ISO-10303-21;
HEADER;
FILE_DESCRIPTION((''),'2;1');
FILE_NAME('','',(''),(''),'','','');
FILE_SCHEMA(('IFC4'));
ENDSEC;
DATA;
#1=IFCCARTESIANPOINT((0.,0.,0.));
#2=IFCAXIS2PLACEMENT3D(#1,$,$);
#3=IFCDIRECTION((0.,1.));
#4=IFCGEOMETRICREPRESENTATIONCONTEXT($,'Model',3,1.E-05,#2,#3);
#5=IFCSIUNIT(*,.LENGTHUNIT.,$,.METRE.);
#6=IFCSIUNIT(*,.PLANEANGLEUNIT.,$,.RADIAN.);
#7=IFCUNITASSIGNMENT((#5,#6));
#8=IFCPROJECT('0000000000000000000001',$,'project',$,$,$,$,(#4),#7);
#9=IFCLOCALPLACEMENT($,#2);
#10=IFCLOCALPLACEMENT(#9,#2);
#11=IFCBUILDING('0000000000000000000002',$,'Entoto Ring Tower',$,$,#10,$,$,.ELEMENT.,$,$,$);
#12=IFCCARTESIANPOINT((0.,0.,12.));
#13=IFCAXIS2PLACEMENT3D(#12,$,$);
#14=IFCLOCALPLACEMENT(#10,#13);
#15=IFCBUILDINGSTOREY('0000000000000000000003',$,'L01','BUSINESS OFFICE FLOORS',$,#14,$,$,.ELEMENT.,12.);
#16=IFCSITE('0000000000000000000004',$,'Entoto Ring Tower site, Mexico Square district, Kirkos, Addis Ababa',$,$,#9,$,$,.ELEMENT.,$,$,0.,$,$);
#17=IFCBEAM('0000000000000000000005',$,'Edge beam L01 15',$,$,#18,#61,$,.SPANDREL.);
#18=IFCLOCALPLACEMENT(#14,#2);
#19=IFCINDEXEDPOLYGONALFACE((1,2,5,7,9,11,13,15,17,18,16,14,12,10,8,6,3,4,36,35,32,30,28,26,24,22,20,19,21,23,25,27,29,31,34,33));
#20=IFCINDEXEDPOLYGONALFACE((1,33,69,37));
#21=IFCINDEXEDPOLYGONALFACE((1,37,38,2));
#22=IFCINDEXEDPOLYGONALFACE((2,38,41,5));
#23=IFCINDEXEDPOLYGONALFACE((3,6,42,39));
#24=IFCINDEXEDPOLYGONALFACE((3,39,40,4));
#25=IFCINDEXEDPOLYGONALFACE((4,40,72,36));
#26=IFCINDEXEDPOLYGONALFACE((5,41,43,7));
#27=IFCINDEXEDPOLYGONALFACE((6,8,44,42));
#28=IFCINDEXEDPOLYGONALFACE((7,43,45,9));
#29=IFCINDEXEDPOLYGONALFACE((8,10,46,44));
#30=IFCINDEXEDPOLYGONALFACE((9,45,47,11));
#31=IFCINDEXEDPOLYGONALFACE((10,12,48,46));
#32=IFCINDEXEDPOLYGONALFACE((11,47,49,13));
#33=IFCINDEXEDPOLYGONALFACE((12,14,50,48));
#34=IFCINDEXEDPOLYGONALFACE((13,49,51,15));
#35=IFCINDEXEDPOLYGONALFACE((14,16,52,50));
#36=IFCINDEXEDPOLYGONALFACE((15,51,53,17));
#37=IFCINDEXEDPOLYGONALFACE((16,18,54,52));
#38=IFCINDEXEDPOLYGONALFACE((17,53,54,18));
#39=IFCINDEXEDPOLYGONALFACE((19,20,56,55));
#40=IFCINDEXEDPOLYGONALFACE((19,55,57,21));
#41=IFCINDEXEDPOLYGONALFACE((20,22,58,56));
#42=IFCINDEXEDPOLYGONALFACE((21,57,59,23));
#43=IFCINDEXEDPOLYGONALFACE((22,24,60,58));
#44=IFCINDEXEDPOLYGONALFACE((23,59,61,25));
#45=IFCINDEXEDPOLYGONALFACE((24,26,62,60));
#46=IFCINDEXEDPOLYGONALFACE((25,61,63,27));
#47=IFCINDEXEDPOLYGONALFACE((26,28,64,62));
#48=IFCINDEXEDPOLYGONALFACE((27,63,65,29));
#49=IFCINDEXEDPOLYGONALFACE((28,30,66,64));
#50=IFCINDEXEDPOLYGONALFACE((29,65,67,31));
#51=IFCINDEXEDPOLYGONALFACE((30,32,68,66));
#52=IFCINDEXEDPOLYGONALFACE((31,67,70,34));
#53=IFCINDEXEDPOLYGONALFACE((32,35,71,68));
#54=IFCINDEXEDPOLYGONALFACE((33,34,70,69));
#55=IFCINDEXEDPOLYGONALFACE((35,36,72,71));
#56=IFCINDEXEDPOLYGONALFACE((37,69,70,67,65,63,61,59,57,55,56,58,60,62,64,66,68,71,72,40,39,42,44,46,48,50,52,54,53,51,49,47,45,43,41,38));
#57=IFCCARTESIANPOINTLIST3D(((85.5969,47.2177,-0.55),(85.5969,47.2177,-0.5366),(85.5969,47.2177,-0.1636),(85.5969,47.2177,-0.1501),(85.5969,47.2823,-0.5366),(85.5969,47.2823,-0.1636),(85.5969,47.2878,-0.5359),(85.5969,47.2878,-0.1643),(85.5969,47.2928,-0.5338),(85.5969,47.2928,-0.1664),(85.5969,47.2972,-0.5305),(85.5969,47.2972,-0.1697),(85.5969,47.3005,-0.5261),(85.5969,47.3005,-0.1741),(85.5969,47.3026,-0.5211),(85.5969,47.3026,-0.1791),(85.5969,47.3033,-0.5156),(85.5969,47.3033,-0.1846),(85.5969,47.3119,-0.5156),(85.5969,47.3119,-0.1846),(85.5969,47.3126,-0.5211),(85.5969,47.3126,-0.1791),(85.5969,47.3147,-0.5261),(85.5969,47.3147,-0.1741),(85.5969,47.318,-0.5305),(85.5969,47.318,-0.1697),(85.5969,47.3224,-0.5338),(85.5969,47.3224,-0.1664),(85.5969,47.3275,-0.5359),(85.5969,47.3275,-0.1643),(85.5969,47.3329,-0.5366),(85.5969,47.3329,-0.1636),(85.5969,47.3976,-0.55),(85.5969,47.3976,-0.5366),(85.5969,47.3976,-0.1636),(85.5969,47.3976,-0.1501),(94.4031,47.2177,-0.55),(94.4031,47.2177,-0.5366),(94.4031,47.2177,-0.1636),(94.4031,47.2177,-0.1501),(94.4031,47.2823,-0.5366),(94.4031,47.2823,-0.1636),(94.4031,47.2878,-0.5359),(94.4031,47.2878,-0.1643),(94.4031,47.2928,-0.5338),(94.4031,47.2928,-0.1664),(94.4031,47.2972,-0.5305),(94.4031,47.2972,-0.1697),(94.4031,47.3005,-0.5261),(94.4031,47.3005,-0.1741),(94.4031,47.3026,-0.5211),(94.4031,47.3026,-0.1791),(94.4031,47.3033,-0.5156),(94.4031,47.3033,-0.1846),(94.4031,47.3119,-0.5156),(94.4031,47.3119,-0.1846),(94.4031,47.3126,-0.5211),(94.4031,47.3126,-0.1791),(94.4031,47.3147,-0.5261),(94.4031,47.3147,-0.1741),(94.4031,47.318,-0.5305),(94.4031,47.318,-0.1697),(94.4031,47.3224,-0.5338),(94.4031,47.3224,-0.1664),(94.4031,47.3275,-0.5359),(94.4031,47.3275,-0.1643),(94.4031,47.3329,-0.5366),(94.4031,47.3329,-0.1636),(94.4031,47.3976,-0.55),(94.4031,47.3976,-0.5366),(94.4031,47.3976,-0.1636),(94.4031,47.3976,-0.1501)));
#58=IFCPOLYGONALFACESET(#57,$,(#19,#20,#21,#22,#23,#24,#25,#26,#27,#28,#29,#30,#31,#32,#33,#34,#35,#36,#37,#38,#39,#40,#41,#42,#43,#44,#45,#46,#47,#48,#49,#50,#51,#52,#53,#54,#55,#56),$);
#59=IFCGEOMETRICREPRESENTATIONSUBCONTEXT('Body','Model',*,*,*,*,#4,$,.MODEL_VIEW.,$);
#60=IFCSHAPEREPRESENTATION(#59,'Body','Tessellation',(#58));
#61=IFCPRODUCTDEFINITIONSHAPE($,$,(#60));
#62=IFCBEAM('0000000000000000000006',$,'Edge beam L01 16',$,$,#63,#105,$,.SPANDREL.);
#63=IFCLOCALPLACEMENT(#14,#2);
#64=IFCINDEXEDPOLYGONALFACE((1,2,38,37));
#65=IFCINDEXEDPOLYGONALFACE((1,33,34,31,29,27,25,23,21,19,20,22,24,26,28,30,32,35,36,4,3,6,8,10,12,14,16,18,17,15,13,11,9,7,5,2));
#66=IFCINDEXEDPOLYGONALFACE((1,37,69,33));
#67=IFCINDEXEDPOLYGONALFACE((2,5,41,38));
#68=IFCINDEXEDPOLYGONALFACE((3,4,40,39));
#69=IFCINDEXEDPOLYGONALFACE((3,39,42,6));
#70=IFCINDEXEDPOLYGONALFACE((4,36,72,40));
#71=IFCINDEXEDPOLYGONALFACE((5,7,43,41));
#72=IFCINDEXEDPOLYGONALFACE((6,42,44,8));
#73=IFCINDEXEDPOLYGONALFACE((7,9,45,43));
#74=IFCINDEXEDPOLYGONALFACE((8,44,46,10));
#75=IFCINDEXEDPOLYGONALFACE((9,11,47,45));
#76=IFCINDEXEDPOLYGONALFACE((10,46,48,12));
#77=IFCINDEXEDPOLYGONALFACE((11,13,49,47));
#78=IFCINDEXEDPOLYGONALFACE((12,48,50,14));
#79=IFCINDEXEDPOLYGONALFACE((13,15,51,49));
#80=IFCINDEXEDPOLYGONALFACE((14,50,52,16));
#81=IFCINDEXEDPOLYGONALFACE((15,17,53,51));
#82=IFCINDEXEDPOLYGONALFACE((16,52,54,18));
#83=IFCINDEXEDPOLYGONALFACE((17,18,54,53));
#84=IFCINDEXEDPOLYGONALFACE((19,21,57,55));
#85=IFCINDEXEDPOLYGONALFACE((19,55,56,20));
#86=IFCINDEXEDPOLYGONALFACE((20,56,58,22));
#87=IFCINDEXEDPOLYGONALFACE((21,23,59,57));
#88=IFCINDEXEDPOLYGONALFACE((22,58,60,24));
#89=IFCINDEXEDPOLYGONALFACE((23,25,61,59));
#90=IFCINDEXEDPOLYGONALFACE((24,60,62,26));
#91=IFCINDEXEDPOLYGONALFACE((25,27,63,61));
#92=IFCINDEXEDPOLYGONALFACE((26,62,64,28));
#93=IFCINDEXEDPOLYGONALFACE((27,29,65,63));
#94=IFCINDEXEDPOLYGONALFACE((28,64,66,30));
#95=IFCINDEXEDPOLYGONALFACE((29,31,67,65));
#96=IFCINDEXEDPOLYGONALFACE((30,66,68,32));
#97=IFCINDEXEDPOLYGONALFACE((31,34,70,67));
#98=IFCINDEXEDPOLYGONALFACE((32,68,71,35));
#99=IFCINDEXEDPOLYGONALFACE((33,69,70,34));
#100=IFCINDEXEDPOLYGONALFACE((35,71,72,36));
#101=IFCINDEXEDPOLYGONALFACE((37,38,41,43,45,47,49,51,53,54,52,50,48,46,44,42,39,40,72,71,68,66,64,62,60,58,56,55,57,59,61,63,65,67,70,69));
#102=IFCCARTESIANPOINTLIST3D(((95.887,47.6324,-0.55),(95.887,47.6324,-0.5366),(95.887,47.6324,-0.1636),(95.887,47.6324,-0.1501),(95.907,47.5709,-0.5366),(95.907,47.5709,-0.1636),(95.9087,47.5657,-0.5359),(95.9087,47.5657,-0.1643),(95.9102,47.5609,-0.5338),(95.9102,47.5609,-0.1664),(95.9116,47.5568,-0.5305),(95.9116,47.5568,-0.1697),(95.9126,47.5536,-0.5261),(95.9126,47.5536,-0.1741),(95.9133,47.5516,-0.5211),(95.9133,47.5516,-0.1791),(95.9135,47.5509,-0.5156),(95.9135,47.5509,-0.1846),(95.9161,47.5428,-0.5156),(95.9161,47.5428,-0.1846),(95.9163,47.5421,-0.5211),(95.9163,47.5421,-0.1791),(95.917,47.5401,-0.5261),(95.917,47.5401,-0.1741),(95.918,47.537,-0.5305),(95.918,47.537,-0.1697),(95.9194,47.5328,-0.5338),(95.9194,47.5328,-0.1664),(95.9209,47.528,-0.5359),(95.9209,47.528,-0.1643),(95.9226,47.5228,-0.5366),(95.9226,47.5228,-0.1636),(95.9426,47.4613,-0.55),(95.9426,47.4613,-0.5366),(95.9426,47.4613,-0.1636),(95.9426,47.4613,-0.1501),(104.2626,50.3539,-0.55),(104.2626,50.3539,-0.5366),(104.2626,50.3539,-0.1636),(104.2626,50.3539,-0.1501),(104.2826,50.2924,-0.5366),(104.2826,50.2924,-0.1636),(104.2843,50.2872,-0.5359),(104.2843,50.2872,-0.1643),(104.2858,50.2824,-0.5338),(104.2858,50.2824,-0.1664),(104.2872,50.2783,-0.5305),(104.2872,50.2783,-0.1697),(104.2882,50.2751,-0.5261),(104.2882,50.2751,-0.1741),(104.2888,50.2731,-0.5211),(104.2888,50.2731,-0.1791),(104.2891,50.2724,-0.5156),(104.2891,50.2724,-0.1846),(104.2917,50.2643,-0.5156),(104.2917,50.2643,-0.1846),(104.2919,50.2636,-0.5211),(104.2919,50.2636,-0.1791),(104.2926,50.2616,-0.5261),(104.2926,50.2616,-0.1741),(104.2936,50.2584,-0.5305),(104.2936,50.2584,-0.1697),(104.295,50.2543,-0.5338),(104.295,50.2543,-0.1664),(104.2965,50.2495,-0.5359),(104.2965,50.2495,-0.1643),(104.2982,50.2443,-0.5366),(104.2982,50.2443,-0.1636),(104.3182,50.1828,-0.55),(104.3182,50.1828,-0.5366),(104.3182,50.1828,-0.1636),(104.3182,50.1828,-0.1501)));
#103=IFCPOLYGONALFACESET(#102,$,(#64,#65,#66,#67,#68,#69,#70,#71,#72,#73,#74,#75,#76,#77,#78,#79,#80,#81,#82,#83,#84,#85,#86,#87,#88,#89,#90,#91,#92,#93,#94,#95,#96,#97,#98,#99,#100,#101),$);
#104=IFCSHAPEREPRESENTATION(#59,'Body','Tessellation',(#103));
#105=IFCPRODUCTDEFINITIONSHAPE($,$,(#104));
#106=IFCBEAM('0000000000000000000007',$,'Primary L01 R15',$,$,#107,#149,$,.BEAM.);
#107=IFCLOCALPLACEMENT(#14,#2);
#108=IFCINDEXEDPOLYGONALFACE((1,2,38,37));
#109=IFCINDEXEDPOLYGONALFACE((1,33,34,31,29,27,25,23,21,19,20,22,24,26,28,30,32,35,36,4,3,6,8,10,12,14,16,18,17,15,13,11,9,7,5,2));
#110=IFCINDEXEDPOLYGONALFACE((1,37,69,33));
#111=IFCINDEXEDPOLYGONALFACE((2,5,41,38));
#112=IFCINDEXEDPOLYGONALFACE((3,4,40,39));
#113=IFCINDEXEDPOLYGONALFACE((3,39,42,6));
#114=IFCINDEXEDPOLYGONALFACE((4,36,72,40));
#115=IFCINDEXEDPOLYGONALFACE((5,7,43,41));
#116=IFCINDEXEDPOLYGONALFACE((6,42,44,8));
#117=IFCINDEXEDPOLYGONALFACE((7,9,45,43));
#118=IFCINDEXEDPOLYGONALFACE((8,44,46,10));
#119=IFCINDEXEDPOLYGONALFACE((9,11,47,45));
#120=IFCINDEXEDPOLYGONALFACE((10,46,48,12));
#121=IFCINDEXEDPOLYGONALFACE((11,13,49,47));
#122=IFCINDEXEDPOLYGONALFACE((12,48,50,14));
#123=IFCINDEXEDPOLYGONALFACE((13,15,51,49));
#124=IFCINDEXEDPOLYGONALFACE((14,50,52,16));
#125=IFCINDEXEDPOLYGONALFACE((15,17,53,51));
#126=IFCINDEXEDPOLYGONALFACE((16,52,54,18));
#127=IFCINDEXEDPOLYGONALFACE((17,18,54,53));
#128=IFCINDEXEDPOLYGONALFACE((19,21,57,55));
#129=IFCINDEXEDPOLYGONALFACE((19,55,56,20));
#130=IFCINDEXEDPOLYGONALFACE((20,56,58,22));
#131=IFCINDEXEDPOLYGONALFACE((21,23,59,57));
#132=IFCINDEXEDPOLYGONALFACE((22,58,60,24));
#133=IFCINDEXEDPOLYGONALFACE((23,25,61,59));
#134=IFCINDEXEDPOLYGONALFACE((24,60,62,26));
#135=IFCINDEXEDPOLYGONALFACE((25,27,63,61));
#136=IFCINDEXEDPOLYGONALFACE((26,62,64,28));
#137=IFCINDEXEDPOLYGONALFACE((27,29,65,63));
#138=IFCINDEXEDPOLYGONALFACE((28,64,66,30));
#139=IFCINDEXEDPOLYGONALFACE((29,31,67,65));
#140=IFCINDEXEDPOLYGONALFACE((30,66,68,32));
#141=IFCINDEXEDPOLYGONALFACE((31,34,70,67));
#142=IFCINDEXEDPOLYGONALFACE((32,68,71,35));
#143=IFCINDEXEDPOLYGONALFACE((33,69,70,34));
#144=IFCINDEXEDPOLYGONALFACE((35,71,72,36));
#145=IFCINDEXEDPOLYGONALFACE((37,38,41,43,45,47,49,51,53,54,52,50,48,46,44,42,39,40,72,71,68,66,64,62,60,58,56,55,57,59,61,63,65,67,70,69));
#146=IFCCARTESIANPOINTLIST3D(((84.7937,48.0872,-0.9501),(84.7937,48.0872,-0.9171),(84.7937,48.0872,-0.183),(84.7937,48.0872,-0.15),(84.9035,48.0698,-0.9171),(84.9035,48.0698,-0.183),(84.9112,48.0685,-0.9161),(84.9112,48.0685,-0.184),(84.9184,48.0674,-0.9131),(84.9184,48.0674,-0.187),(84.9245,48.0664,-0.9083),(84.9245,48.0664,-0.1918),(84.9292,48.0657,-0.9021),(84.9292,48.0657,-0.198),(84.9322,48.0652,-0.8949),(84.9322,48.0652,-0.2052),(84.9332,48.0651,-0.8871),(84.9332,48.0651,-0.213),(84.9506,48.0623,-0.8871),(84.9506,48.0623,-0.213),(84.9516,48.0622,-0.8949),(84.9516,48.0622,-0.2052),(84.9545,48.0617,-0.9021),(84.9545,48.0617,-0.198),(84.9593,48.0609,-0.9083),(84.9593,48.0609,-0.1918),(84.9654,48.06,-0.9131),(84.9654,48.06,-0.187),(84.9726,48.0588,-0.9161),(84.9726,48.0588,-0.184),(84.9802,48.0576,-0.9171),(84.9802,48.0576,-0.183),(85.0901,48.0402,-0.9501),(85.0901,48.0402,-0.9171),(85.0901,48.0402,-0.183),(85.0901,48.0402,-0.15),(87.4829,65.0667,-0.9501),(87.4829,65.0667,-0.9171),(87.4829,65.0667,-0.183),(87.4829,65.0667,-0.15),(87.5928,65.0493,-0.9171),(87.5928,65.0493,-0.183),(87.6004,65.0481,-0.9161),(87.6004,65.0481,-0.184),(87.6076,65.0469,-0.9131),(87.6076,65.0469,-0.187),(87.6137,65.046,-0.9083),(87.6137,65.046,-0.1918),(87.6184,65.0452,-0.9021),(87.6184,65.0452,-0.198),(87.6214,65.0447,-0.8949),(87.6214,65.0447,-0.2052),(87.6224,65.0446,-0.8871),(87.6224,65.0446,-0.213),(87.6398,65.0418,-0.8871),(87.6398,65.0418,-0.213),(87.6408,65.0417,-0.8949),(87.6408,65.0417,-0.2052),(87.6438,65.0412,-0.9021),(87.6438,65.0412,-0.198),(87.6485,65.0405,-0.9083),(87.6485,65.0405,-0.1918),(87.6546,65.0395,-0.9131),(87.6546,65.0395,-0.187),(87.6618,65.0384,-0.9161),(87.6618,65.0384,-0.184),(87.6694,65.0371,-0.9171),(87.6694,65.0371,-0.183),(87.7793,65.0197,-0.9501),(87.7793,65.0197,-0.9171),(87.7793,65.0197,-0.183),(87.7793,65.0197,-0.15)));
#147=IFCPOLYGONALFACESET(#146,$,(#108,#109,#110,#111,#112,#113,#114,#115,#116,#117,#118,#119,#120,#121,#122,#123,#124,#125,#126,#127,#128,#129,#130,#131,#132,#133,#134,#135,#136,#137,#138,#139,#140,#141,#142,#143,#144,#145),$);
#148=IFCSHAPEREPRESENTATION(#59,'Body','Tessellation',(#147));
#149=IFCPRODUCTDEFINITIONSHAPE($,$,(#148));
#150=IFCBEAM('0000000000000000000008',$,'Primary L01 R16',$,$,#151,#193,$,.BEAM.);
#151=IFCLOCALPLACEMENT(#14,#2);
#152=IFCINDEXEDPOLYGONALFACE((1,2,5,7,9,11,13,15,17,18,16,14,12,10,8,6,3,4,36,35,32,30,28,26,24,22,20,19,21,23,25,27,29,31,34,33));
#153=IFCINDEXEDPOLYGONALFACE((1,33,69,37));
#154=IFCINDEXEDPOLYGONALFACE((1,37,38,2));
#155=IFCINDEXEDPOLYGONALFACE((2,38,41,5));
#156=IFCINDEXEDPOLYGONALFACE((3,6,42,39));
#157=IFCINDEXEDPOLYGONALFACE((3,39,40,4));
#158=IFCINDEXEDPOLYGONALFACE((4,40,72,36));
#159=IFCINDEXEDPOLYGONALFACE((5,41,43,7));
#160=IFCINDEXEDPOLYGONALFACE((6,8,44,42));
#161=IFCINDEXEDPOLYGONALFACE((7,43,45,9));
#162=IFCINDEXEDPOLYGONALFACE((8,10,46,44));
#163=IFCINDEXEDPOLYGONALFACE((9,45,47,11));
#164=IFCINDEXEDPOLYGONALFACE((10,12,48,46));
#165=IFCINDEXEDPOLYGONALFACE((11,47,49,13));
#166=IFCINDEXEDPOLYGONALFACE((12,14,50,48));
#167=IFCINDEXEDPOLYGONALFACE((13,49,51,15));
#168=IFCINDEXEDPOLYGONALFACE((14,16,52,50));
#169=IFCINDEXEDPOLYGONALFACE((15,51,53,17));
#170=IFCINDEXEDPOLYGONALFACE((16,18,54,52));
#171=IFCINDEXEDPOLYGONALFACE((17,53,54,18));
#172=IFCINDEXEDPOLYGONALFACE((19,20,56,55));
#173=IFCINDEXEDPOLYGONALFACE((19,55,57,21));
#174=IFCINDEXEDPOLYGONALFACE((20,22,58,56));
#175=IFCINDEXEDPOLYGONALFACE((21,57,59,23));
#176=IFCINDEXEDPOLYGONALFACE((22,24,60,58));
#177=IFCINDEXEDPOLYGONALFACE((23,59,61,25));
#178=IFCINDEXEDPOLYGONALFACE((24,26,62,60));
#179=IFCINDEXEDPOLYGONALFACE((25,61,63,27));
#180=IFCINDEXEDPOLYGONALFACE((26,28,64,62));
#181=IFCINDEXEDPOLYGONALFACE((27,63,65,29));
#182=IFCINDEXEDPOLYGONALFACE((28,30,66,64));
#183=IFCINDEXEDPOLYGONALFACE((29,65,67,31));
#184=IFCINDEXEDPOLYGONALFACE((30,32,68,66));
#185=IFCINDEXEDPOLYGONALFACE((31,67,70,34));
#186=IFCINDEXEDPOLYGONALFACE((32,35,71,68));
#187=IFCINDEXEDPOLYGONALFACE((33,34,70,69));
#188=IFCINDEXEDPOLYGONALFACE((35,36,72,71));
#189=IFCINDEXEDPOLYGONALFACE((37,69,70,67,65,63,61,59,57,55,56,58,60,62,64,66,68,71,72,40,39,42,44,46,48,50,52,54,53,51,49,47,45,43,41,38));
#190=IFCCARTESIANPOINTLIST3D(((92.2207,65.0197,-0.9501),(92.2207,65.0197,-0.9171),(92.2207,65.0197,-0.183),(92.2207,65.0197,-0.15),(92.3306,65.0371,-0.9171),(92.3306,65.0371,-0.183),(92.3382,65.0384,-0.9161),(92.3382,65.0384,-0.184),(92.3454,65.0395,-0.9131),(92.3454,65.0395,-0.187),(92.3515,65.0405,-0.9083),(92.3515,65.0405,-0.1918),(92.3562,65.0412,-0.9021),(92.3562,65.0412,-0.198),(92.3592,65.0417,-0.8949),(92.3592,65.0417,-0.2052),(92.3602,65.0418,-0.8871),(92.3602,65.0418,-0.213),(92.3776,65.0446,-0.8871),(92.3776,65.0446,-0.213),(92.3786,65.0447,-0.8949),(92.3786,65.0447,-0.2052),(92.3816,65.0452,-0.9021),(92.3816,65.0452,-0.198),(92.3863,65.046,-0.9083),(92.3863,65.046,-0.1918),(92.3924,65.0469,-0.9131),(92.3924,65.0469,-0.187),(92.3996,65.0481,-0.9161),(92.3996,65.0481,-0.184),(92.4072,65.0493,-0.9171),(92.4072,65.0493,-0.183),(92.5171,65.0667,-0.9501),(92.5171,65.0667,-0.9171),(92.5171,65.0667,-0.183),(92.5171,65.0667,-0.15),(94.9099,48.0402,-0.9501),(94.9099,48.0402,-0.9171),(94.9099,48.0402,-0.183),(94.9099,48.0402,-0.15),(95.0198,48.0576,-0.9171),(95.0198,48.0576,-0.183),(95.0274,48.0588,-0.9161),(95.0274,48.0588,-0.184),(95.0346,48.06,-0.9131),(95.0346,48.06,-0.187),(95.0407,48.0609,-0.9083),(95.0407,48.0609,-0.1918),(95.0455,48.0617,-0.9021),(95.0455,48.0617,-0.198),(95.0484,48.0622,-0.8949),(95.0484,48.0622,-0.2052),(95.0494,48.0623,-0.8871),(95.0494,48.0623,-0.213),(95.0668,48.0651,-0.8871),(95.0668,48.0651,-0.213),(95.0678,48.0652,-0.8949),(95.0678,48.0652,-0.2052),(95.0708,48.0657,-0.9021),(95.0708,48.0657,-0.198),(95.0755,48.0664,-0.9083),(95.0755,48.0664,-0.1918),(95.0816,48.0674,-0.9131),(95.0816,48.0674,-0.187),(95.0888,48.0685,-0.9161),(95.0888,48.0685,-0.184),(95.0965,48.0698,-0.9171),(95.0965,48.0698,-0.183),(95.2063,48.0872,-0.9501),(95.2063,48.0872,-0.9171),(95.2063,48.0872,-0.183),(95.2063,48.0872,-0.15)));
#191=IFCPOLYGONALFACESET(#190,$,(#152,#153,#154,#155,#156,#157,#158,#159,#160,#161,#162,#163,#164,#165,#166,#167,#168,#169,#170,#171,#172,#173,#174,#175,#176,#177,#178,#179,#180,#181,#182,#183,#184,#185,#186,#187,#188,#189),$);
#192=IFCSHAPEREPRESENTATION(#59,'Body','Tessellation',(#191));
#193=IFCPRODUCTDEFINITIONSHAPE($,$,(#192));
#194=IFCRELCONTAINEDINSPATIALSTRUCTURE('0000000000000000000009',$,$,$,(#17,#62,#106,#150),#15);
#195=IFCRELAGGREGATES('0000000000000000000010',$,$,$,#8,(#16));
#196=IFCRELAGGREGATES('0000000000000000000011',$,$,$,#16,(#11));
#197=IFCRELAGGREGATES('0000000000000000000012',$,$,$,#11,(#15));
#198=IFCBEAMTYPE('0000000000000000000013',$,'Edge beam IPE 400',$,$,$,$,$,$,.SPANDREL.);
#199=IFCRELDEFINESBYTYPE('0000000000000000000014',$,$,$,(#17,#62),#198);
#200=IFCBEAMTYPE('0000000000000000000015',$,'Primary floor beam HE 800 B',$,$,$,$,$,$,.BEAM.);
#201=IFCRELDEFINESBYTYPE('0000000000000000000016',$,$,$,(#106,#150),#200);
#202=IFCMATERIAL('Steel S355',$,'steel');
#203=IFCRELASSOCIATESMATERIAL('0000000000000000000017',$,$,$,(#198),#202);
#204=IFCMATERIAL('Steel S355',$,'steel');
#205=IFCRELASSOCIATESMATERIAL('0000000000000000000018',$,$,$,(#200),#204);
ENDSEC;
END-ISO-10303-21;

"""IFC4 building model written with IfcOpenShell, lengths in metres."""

from ifc_helpers import new_model, si_unit, direction, frame, origin, origin_2d, place, context, subcontext, project, spatial, i_section, extrude, material, material_profile, profile_set, type_object, element, save


model = new_model("IFC4")

# Units and contexts
model_context = context("Model", 3, precision=1e-05, world=origin(), true_north=direction((0.0, 1.0)))
body_context = subcontext(model_context, "Body", "Model", "MODEL_VIEW")
ifc_project = project(units=[si_unit("LENGTHUNIT", "METRE"), si_unit("PLANEANGLEUNIT", "RADIAN")], contexts=[model_context])

# Site, building, storey
site_placement = place(None, origin())
site = spatial("IfcSite", under=ifc_project, at=site_placement, Name="Entoto Ring Tower site, Mexico Square district, Kirkos, Addis Ababa", CompositionType="ELEMENT", RefElevation=0.0)
building_placement = place(site_placement, origin())
building = spatial("IfcBuilding", under=site, at=building_placement, Name="Entoto Ring Tower", CompositionType="ELEMENT")
storey_placement = place(building_placement, frame((0.0, 0.0, 12.0)))
storey = spatial("IfcBuildingStorey", under=building, at=storey_placement, Name="L01", Description="BUSINESS OFFICE FLOORS", CompositionType="ELEMENT", Elevation=12.0)

# Beams
ifc_material_1 = material(Name="Steel S355", Category="steel")
ifc_material_profile_1 = material_profile(ifc_material_1, i_section(OverallWidth=0.1799, OverallDepth=0.3999, WebThickness=0.0085, FlangeThickness=0.0134, FilletRadius=0.021, at=origin_2d()), Name="IPE 400")
ifc_profile_set_1 = profile_set([ifc_material_profile_1], Name="Steel S355")
beam_type_1 = type_object("IfcBeamType", Name="Edge beam IPE 400", PredefinedType="SPANDREL", material=ifc_profile_set_1)
beam_1_placement = place(storey_placement, frame((85.5969, 47.3076, -0.3501), z_axis=(1.0, 0.0, 0.0), x_axis=(0.0, 1.0, 0.0)))
element("IfcBeam", 1, at=beam_1_placement, inside=storey, type_object=beam_type_1, Name="Edge beam L01 15", PredefinedType="SPANDREL", context=body_context, shape_type="SweptSolid", body=[
    extrude(i_section(OverallWidth=0.1799, OverallDepth=0.3999, WebThickness=0.0085, FlangeThickness=0.0134, FilletRadius=0.021, at=origin_2d()), origin(), (0.0, 0.0, 1.0), 8.8062),
])
beam_2_placement = place(storey_placement, frame((95.9148, 47.5469, -0.3501), z_axis=(0.951054, 0.309025, 0.0), x_axis=(-0.309025, 0.951054, 0.0)))
element("IfcBeam", 2, at=beam_2_placement, inside=storey, type_object=beam_type_1, Name="Edge beam L01 16", PredefinedType="SPANDREL", context=body_context, shape_type="SweptSolid", body=[
    extrude(i_section(OverallWidth=0.1799, OverallDepth=0.3999, WebThickness=0.0085, FlangeThickness=0.0134, FilletRadius=0.021, at=origin_2d()), origin(), (0.0, 0.0, 1.0), 8.8066),
])
ifc_material_2 = material(Name="Steel S355", Category="steel")
ifc_material_profile_2 = material_profile(ifc_material_2, i_section(OverallWidth=0.3, OverallDepth=0.8, WebThickness=0.0176, FlangeThickness=0.033, FilletRadius=0.03, at=origin_2d()), Name="HE 800 B")
ifc_profile_set_2 = profile_set([ifc_material_profile_2], Name="Steel S355")
beam_type_2 = type_object("IfcBeamType", Name="Primary floor beam HE 800 B", PredefinedType="BEAM", material=ifc_profile_set_2)
for number, where, z_axis, x_axis, name in (
    (3, (87.6311, 65.0432, -0.55), (-0.15643, -0.987689, 0.0), (0.987689, -0.15643, 0.0), "Primary L01 R15"),
    (4, (92.3689, 65.0432, -0.55), (0.15643, -0.987689, 0.0), (0.987689, 0.15643, 0.0), "Primary L01 R16"),
):
    element("IfcBeam", number, at=place(storey_placement, frame(where, z_axis=z_axis, x_axis=x_axis)), inside=storey, type_object=beam_type_2, Name=name, PredefinedType="BEAM", context=body_context, shape_type="SweptSolid", body=[
        extrude(i_section(OverallWidth=0.3, OverallDepth=0.8, WebThickness=0.0176, FlangeThickness=0.033, FilletRadius=0.03, at=origin_2d()), origin(), (0.0, 0.0, 1.0), 17.1912),
    ])

save(model, "model.ifc")
